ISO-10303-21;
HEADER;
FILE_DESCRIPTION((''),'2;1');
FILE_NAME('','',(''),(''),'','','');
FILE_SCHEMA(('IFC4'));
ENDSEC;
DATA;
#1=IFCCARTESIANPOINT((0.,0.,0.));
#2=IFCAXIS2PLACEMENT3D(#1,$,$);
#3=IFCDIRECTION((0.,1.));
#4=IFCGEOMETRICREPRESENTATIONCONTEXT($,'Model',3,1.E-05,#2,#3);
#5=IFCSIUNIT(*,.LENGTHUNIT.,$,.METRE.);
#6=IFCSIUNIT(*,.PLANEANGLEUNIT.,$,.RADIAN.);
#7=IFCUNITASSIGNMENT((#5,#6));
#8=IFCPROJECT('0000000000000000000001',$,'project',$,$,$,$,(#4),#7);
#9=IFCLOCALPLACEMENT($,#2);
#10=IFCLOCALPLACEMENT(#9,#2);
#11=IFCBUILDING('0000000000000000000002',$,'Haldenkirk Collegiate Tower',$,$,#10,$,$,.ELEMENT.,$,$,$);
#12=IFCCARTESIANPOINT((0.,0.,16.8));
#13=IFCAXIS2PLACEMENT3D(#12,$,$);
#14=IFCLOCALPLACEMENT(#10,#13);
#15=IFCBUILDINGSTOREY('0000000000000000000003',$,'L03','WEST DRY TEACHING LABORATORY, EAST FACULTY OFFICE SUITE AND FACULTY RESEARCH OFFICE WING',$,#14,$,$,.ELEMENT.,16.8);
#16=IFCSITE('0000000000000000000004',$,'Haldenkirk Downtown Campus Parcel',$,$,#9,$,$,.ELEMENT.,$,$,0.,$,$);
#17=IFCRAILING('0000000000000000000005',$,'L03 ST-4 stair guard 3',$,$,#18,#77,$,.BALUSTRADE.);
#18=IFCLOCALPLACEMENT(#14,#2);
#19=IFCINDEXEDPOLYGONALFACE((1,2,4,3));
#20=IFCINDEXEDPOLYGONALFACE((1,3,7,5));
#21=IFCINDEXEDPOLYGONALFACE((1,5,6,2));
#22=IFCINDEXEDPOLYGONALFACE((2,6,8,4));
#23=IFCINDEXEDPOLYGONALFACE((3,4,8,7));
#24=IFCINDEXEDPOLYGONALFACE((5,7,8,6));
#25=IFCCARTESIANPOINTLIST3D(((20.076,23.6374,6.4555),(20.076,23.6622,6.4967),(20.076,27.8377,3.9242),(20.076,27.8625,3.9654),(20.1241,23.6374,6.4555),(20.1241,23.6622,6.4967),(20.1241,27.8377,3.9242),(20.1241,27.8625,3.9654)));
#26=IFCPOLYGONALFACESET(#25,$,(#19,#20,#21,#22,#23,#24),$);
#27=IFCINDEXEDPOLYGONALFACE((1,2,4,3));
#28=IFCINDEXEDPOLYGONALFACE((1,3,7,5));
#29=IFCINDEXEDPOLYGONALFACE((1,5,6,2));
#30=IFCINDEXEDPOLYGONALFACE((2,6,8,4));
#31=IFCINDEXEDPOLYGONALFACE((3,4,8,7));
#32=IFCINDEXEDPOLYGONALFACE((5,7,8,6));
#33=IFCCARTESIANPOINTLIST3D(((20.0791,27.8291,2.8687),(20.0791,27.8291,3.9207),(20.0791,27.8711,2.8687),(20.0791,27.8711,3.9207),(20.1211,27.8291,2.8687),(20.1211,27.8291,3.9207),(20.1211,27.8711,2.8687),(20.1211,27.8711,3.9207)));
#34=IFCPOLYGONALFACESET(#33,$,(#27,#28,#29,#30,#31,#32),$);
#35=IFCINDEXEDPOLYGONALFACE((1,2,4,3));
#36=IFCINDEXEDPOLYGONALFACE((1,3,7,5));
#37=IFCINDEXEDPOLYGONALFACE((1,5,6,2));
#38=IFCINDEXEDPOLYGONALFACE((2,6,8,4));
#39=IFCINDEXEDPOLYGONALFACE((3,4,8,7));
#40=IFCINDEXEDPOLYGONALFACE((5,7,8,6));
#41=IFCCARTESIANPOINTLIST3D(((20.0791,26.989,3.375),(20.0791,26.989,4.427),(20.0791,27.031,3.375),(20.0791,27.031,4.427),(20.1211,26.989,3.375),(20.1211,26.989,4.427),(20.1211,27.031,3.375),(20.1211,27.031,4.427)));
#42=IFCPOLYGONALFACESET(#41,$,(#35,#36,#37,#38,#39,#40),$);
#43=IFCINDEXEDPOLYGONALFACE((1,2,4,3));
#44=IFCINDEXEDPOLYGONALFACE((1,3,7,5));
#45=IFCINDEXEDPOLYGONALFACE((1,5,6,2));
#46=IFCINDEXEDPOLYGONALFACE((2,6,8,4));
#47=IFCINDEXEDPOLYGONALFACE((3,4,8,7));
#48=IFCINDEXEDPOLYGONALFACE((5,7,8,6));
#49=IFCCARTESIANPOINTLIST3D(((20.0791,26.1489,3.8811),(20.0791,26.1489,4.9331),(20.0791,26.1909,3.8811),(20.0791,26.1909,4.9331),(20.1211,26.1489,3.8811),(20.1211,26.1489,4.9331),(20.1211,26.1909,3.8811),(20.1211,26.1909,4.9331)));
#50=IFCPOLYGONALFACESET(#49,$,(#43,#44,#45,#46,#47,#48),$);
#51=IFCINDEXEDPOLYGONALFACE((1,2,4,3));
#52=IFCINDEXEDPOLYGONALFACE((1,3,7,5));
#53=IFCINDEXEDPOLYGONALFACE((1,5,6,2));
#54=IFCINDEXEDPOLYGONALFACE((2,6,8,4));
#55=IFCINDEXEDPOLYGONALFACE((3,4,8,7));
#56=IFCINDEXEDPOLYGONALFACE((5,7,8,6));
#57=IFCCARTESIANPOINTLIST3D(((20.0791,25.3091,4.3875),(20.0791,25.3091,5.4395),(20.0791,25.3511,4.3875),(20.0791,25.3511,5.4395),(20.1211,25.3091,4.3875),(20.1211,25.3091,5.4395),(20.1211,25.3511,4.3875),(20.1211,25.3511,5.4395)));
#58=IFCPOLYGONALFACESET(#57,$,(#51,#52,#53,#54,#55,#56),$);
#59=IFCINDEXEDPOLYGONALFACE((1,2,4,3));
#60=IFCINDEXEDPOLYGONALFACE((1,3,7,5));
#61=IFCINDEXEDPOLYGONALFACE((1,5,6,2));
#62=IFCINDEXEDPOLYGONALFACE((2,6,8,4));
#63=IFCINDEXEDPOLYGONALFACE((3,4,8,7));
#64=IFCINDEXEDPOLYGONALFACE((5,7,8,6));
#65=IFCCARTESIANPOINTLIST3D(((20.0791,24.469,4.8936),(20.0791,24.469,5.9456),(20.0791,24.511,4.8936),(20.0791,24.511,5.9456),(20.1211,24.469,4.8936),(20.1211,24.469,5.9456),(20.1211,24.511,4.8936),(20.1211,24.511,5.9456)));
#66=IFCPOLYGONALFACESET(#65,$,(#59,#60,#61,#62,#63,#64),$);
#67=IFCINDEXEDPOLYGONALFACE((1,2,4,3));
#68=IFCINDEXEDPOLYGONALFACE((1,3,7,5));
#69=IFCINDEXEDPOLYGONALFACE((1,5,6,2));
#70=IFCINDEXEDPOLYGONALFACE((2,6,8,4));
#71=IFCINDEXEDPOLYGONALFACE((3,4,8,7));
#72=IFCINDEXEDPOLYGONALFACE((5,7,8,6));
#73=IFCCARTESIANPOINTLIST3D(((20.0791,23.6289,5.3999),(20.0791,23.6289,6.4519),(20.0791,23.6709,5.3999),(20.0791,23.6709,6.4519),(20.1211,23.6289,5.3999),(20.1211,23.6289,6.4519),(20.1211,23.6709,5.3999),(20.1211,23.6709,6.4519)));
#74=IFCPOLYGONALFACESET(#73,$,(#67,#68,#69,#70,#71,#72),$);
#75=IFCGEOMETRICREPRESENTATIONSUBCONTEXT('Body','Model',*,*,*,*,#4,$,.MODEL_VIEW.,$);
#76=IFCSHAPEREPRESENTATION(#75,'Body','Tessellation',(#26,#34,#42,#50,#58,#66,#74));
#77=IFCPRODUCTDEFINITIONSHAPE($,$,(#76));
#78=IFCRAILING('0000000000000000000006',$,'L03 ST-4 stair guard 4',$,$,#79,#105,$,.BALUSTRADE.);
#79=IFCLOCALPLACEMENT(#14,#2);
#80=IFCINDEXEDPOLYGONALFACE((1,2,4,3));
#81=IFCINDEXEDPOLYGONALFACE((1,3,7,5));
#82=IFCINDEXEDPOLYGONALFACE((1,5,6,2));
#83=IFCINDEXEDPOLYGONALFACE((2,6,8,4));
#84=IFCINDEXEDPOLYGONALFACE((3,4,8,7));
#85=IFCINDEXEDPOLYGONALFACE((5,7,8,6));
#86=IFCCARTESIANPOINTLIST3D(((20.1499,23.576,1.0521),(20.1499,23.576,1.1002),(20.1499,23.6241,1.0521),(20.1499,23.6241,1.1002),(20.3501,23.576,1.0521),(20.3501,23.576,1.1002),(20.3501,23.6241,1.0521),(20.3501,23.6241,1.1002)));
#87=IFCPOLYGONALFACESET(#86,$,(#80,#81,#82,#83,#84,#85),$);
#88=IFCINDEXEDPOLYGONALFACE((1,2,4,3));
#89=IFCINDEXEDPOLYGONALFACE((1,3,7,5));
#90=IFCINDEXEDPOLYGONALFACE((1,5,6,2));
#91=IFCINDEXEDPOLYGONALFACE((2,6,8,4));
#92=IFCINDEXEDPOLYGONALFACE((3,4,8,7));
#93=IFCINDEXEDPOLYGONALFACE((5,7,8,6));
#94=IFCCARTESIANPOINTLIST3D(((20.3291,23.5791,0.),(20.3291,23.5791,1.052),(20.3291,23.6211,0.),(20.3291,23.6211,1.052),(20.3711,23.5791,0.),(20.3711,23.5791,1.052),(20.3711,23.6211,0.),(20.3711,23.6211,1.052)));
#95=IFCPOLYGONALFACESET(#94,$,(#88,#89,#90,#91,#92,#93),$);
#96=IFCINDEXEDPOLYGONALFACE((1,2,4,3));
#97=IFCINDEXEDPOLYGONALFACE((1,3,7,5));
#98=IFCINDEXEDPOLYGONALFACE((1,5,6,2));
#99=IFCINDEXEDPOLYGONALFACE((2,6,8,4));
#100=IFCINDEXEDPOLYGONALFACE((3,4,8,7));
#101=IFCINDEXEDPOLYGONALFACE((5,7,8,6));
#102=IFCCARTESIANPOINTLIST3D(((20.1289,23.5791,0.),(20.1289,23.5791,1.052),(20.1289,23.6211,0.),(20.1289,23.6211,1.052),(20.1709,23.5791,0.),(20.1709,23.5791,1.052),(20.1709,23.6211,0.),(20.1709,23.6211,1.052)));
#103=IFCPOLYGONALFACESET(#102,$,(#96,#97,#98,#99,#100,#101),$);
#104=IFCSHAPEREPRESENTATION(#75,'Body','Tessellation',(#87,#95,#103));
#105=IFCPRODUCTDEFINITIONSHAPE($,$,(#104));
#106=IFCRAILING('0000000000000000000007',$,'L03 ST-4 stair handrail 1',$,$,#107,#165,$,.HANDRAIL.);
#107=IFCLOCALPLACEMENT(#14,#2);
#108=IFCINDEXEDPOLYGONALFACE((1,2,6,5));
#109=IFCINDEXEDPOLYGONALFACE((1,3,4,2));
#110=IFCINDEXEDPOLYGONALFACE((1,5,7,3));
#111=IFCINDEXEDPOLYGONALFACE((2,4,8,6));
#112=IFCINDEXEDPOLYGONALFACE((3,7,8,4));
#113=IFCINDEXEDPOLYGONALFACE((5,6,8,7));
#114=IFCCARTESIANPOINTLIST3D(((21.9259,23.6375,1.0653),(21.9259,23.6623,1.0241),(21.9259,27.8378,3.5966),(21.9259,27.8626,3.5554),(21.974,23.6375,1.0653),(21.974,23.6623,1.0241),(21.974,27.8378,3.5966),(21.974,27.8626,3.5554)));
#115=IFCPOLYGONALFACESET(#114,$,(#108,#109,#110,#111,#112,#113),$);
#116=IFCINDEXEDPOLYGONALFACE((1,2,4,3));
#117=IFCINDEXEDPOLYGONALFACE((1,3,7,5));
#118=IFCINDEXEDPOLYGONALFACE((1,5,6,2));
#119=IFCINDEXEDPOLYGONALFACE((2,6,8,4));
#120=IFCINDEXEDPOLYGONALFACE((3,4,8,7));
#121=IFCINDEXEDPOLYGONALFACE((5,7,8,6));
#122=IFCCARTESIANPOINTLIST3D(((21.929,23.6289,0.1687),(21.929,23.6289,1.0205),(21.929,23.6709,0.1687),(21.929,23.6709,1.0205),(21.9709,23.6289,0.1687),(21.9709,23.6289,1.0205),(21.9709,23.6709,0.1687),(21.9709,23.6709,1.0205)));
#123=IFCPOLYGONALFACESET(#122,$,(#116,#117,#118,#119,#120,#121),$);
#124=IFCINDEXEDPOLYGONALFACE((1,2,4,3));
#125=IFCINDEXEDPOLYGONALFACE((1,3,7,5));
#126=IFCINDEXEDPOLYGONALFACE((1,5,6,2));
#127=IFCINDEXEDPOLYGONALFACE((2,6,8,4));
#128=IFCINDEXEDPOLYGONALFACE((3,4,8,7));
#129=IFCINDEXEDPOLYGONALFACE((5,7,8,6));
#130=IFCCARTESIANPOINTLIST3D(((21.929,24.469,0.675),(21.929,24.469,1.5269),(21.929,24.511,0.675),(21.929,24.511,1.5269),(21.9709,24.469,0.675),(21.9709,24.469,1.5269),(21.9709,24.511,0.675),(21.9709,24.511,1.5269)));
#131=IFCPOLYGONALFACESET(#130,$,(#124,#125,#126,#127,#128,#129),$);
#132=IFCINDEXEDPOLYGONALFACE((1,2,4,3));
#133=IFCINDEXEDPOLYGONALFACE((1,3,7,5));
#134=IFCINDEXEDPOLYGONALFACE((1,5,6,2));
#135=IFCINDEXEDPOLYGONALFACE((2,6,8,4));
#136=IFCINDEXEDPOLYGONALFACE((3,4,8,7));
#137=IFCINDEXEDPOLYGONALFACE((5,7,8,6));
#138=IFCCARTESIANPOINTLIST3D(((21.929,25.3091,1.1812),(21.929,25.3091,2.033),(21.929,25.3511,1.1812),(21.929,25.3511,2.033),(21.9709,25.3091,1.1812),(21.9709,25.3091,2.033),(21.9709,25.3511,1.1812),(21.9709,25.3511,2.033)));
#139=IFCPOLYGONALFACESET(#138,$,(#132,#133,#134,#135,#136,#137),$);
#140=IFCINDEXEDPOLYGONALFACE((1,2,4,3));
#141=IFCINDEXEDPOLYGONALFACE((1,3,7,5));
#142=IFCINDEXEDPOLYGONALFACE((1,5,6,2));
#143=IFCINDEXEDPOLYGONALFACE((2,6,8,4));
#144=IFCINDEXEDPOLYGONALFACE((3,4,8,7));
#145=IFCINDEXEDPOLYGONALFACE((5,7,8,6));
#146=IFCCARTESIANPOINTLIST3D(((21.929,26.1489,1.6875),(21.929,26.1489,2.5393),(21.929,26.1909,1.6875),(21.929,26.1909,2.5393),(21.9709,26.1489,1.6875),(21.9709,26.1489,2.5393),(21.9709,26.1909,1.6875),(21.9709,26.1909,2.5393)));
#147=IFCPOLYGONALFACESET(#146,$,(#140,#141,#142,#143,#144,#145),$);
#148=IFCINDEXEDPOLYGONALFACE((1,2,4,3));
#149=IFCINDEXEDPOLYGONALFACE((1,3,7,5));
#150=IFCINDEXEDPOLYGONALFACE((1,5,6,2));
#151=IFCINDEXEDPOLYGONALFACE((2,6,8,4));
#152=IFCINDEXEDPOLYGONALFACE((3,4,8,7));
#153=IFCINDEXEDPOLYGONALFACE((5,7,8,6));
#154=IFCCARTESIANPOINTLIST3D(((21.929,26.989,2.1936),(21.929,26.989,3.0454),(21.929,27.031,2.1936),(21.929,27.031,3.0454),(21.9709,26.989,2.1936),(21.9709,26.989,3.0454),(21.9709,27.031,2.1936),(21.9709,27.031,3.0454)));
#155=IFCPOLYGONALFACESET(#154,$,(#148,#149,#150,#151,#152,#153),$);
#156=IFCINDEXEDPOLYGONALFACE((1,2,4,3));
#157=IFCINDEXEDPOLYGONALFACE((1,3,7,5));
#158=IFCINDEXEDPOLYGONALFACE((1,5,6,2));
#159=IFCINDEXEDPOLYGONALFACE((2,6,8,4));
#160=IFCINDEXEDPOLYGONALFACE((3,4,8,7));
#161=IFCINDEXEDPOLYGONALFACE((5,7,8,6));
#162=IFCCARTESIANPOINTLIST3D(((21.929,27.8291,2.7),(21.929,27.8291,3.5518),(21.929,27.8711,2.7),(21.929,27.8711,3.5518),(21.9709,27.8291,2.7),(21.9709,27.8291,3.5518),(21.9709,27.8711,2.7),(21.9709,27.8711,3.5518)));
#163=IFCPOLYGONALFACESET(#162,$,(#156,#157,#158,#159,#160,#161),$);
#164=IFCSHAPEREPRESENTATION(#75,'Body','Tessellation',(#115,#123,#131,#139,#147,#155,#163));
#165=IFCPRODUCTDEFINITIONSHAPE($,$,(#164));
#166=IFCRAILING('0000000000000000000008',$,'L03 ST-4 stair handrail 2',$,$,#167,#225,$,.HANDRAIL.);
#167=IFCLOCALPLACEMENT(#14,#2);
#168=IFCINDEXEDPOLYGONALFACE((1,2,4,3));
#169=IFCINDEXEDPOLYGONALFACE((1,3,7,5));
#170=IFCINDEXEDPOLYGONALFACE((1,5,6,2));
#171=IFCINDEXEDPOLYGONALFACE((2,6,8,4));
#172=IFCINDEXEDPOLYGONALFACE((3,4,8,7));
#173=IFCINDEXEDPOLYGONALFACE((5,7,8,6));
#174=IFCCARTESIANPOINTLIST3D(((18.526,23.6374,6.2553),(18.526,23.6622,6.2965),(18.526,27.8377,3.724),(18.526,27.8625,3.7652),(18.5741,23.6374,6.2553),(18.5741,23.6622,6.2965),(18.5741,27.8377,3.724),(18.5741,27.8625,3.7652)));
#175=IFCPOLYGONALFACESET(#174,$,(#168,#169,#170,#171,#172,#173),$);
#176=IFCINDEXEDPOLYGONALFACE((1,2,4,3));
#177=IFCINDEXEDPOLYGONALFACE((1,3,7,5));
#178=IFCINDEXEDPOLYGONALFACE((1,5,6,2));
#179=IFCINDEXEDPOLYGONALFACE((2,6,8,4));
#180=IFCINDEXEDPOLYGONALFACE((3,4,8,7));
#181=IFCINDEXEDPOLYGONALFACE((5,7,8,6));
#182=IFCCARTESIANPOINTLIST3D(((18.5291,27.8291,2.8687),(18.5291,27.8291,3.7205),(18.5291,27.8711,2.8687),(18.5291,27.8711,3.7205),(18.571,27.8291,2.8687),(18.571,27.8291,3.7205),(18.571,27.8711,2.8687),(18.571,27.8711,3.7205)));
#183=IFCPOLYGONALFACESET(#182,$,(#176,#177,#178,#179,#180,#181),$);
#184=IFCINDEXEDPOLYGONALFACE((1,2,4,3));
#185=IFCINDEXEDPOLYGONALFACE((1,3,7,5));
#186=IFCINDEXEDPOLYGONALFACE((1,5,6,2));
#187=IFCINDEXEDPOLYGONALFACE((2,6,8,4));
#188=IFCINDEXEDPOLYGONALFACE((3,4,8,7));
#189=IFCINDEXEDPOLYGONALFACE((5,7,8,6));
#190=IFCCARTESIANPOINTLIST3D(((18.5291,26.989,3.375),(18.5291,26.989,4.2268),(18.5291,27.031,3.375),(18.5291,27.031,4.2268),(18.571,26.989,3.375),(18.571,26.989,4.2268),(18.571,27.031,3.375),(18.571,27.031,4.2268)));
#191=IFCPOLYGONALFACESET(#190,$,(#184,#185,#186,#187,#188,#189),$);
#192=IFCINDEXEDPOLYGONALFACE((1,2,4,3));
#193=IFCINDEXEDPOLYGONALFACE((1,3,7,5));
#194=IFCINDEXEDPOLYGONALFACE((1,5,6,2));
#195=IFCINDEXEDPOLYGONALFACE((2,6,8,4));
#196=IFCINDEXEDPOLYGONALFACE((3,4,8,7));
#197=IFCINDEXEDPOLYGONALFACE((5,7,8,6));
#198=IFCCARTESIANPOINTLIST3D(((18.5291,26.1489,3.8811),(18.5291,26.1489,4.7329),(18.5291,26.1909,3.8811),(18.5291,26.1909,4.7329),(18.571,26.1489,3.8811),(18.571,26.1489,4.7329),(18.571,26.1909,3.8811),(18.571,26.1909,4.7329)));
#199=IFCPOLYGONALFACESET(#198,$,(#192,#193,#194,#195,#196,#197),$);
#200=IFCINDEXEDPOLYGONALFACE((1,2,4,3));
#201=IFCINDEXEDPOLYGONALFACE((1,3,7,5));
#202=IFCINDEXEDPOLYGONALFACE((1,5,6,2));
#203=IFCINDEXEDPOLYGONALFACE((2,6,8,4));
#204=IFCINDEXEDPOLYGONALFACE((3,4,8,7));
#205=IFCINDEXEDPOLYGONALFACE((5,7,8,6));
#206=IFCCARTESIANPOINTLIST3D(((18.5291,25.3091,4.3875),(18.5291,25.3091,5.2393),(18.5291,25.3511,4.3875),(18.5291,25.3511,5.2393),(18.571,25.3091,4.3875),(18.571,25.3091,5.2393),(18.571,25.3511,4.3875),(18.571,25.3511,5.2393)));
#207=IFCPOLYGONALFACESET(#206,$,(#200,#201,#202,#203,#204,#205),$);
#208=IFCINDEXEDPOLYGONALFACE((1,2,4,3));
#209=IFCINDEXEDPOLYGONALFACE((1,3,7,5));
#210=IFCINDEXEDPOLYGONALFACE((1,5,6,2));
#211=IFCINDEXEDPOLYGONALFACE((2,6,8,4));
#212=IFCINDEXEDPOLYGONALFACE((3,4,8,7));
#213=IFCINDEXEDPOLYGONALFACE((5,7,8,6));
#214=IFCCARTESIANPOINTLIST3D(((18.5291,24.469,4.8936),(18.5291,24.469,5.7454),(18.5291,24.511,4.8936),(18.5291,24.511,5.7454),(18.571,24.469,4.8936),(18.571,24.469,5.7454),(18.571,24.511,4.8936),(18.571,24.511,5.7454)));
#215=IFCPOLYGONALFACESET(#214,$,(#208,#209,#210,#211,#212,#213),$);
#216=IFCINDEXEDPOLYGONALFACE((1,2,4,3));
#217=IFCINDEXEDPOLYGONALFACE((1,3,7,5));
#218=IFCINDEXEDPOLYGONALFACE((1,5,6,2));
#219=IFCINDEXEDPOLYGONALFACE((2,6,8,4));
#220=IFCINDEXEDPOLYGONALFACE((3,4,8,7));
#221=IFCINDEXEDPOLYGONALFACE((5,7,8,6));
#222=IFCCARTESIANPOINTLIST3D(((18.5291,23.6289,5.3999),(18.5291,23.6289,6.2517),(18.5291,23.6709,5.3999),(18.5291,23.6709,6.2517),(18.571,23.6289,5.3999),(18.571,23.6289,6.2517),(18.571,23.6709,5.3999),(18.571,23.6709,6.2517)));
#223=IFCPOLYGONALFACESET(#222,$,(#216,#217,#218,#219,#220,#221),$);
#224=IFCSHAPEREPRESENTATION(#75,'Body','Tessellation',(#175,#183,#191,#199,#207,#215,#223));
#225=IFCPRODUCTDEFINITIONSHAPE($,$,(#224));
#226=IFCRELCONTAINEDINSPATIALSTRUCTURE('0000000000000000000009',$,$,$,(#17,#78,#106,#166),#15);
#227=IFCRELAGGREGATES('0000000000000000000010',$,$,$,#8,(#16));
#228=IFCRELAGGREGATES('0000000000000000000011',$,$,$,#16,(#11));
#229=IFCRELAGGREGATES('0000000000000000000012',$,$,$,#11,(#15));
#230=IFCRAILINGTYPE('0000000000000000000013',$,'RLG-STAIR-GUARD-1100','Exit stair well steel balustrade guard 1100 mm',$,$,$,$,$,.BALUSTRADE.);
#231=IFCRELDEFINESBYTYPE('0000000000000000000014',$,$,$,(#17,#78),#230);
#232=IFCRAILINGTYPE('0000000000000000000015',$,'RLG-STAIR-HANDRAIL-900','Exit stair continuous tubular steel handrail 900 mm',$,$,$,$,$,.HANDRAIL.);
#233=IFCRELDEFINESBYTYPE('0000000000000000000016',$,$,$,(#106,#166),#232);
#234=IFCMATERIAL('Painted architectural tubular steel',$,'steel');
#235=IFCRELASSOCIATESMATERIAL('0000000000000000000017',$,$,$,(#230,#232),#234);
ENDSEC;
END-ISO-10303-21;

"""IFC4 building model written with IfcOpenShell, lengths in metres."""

from ifc_helpers import new_model, si_unit, direction, frame, origin, origin_2d, place, context, subcontext, project, spatial, rectangle, extrude, material, type_object, element, save


model = new_model("IFC4")

# Units and contexts
model_context = context("Model", 3, precision=1e-05, world=origin(), true_north=direction((0.0, 1.0)))
body_context = subcontext(model_context, "Body", "Model", "MODEL_VIEW")
ifc_project = project(units=[si_unit("LENGTHUNIT", "METRE"), si_unit("PLANEANGLEUNIT", "RADIAN")], contexts=[model_context])

# Site, building, storey
site_placement = place(None, origin())
site = spatial("IfcSite", under=ifc_project, at=site_placement, Name="Haldenkirk Downtown Campus Parcel", CompositionType="ELEMENT", RefElevation=0.0)
building_placement = place(site_placement, origin())
building = spatial("IfcBuilding", under=site, at=building_placement, Name="Haldenkirk Collegiate Tower", CompositionType="ELEMENT")
storey_placement = place(building_placement, frame((0.0, 0.0, 16.8)))
storey = spatial("IfcBuildingStorey", under=building, at=storey_placement, Name="L03", Description="WEST DRY TEACHING LABORATORY, EAST FACULTY OFFICE SUITE AND FACULTY RESEARCH OFFICE WING", CompositionType="ELEMENT", Elevation=16.8)

# Railings
ifc_material_1 = material(Name="Painted architectural tubular steel", Category="steel")
railing_type_1 = type_object("IfcRailingType", Name="RLG-STAIR-GUARD-1100", Description="Exit stair well steel balustrade guard 1100 mm", PredefinedType="BALUSTRADE", material=ifc_material_1)
railing_1_placement = place(storey_placement, frame((20.1001, 27.8501, 2.8687)))
element("IfcRailing", 1, at=railing_1_placement, inside=storey, type_object=railing_type_1, Name="L03 ST-4 stair guard 3", PredefinedType="BALUSTRADE", context=body_context, shape_type="SweptSolid", body=[
    extrude(rectangle(XDim=0.0481, YDim=0.0481, at=origin_2d()), frame((0.0, 0.0, 1.0762), z_axis=(0.0, -0.85649, 0.516164), x_axis=(1.0, 0.0, 0.0)), (0.0, 0.0, 1.0), 4.9041),
    extrude(rectangle(XDim=0.042, YDim=0.042, at=origin_2d()), origin(), (0.0, 0.0, 1.0), 1.052),
    extrude(rectangle(XDim=0.042, YDim=0.042, at=origin_2d()), frame((0.0, -0.8401, 0.5063)), (0.0, 0.0, 1.0), 1.052),
    extrude(rectangle(XDim=0.042, YDim=0.042, at=origin_2d()), frame((0.0, -1.6802, 1.0125)), (0.0, 0.0, 1.0), 1.052),
    extrude(rectangle(XDim=0.042, YDim=0.042, at=origin_2d()), frame((0.0, -2.52, 1.5188)), (0.0, 0.0, 1.0), 1.052),
    extrude(rectangle(XDim=0.042, YDim=0.042, at=origin_2d()), frame((0.0, -3.3601, 2.0249)), (0.0, 0.0, 1.0), 1.052),
    extrude(rectangle(XDim=0.042, YDim=0.042, at=origin_2d()), frame((0.0, -4.2002, 2.5312)), (0.0, 0.0, 1.0), 1.052),
])
railing_2_placement = place(storey_placement, frame((20.3501, 23.6001, 0.0)))
element("IfcRailing", 2, at=railing_2_placement, inside=storey, type_object=railing_type_1, Name="L03 ST-4 stair guard 4", PredefinedType="BALUSTRADE", context=body_context, shape_type="SweptSolid", body=[
    extrude(rectangle(XDim=0.0481, YDim=0.0481, at=origin_2d()), frame((0.0, 0.0, 1.0762), z_axis=(-1.0, 0.0, 0.0), x_axis=(0.0, -1.0, 0.0)), (0.0, 0.0, 1.0), 0.2002),
    extrude(rectangle(XDim=0.042, YDim=0.042, at=origin_2d()), origin(), (0.0, 0.0, 1.0), 1.052),
    extrude(rectangle(XDim=0.042, YDim=0.042, at=origin_2d()), frame((-0.2002, 0.0, 0.0)), (0.0, 0.0, 1.0), 1.052),
])
railing_type_2 = type_object("IfcRailingType", Name="RLG-STAIR-HANDRAIL-900", Description="Exit stair continuous tubular steel handrail 900 mm", PredefinedType="HANDRAIL", material=ifc_material_1)
railing_3_placement = place(storey_placement, frame((21.95, 23.6499, 0.1687)))
element("IfcRailing", 3, at=railing_3_placement, inside=storey, type_object=railing_type_2, Name="L03 ST-4 stair handrail 1", PredefinedType="HANDRAIL", context=body_context, shape_type="SweptSolid", body=[
    extrude(rectangle(XDim=0.0481, YDim=0.0481, at=origin_2d()), frame((0.0, 0.0, 0.876), z_axis=(0.0, 0.85649, 0.516164), x_axis=(-1.0, 0.0, 0.0)), (0.0, 0.0, 1.0), 4.9041),
    extrude(rectangle(XDim=0.042, YDim=0.042, at=origin_2d()), origin(), (0.0, 0.0, 1.0), 0.8518),
    extrude(rectangle(XDim=0.042, YDim=0.042, at=origin_2d()), frame((0.0, 0.8401, 0.5063)), (0.0, 0.0, 1.0), 0.8518),
    extrude(rectangle(XDim=0.042, YDim=0.042, at=origin_2d()), frame((0.0, 1.6802, 1.0125)), (0.0, 0.0, 1.0), 0.8518),
    extrude(rectangle(XDim=0.042, YDim=0.042, at=origin_2d()), frame((0.0, 2.52, 1.5188)), (0.0, 0.0, 1.0), 0.8518),
    extrude(rectangle(XDim=0.042, YDim=0.042, at=origin_2d()), frame((0.0, 3.3601, 2.0249)), (0.0, 0.0, 1.0), 0.8518),
    extrude(rectangle(XDim=0.042, YDim=0.042, at=origin_2d()), frame((0.0, 4.2002, 2.5312)), (0.0, 0.0, 1.0), 0.8518),
])
railing_4_placement = place(storey_placement, frame((18.55, 27.8501, 2.8687)))
element("IfcRailing", 4, at=railing_4_placement, inside=storey, type_object=railing_type_2, Name="L03 ST-4 stair handrail 2", PredefinedType="HANDRAIL", context=body_context, shape_type="SweptSolid", body=[
    extrude(rectangle(XDim=0.0481, YDim=0.0481, at=origin_2d()), frame((0.0, 0.0, 0.876), z_axis=(0.0, -0.85649, 0.516164), x_axis=(1.0, 0.0, 0.0)), (0.0, 0.0, 1.0), 4.9041),
    extrude(rectangle(XDim=0.042, YDim=0.042, at=origin_2d()), origin(), (0.0, 0.0, 1.0), 0.8518),
    extrude(rectangle(XDim=0.042, YDim=0.042, at=origin_2d()), frame((0.0, -0.8401, 0.5063)), (0.0, 0.0, 1.0), 0.8518),
    extrude(rectangle(XDim=0.042, YDim=0.042, at=origin_2d()), frame((0.0, -1.6802, 1.0125)), (0.0, 0.0, 1.0), 0.8518),
    extrude(rectangle(XDim=0.042, YDim=0.042, at=origin_2d()), frame((0.0, -2.52, 1.5188)), (0.0, 0.0, 1.0), 0.8518),
    extrude(rectangle(XDim=0.042, YDim=0.042, at=origin_2d()), frame((0.0, -3.3601, 2.0249)), (0.0, 0.0, 1.0), 0.8518),
    extrude(rectangle(XDim=0.042, YDim=0.042, at=origin_2d()), frame((0.0, -4.2002, 2.5312)), (0.0, 0.0, 1.0), 0.8518),
])

save(model, "model.ifc")
